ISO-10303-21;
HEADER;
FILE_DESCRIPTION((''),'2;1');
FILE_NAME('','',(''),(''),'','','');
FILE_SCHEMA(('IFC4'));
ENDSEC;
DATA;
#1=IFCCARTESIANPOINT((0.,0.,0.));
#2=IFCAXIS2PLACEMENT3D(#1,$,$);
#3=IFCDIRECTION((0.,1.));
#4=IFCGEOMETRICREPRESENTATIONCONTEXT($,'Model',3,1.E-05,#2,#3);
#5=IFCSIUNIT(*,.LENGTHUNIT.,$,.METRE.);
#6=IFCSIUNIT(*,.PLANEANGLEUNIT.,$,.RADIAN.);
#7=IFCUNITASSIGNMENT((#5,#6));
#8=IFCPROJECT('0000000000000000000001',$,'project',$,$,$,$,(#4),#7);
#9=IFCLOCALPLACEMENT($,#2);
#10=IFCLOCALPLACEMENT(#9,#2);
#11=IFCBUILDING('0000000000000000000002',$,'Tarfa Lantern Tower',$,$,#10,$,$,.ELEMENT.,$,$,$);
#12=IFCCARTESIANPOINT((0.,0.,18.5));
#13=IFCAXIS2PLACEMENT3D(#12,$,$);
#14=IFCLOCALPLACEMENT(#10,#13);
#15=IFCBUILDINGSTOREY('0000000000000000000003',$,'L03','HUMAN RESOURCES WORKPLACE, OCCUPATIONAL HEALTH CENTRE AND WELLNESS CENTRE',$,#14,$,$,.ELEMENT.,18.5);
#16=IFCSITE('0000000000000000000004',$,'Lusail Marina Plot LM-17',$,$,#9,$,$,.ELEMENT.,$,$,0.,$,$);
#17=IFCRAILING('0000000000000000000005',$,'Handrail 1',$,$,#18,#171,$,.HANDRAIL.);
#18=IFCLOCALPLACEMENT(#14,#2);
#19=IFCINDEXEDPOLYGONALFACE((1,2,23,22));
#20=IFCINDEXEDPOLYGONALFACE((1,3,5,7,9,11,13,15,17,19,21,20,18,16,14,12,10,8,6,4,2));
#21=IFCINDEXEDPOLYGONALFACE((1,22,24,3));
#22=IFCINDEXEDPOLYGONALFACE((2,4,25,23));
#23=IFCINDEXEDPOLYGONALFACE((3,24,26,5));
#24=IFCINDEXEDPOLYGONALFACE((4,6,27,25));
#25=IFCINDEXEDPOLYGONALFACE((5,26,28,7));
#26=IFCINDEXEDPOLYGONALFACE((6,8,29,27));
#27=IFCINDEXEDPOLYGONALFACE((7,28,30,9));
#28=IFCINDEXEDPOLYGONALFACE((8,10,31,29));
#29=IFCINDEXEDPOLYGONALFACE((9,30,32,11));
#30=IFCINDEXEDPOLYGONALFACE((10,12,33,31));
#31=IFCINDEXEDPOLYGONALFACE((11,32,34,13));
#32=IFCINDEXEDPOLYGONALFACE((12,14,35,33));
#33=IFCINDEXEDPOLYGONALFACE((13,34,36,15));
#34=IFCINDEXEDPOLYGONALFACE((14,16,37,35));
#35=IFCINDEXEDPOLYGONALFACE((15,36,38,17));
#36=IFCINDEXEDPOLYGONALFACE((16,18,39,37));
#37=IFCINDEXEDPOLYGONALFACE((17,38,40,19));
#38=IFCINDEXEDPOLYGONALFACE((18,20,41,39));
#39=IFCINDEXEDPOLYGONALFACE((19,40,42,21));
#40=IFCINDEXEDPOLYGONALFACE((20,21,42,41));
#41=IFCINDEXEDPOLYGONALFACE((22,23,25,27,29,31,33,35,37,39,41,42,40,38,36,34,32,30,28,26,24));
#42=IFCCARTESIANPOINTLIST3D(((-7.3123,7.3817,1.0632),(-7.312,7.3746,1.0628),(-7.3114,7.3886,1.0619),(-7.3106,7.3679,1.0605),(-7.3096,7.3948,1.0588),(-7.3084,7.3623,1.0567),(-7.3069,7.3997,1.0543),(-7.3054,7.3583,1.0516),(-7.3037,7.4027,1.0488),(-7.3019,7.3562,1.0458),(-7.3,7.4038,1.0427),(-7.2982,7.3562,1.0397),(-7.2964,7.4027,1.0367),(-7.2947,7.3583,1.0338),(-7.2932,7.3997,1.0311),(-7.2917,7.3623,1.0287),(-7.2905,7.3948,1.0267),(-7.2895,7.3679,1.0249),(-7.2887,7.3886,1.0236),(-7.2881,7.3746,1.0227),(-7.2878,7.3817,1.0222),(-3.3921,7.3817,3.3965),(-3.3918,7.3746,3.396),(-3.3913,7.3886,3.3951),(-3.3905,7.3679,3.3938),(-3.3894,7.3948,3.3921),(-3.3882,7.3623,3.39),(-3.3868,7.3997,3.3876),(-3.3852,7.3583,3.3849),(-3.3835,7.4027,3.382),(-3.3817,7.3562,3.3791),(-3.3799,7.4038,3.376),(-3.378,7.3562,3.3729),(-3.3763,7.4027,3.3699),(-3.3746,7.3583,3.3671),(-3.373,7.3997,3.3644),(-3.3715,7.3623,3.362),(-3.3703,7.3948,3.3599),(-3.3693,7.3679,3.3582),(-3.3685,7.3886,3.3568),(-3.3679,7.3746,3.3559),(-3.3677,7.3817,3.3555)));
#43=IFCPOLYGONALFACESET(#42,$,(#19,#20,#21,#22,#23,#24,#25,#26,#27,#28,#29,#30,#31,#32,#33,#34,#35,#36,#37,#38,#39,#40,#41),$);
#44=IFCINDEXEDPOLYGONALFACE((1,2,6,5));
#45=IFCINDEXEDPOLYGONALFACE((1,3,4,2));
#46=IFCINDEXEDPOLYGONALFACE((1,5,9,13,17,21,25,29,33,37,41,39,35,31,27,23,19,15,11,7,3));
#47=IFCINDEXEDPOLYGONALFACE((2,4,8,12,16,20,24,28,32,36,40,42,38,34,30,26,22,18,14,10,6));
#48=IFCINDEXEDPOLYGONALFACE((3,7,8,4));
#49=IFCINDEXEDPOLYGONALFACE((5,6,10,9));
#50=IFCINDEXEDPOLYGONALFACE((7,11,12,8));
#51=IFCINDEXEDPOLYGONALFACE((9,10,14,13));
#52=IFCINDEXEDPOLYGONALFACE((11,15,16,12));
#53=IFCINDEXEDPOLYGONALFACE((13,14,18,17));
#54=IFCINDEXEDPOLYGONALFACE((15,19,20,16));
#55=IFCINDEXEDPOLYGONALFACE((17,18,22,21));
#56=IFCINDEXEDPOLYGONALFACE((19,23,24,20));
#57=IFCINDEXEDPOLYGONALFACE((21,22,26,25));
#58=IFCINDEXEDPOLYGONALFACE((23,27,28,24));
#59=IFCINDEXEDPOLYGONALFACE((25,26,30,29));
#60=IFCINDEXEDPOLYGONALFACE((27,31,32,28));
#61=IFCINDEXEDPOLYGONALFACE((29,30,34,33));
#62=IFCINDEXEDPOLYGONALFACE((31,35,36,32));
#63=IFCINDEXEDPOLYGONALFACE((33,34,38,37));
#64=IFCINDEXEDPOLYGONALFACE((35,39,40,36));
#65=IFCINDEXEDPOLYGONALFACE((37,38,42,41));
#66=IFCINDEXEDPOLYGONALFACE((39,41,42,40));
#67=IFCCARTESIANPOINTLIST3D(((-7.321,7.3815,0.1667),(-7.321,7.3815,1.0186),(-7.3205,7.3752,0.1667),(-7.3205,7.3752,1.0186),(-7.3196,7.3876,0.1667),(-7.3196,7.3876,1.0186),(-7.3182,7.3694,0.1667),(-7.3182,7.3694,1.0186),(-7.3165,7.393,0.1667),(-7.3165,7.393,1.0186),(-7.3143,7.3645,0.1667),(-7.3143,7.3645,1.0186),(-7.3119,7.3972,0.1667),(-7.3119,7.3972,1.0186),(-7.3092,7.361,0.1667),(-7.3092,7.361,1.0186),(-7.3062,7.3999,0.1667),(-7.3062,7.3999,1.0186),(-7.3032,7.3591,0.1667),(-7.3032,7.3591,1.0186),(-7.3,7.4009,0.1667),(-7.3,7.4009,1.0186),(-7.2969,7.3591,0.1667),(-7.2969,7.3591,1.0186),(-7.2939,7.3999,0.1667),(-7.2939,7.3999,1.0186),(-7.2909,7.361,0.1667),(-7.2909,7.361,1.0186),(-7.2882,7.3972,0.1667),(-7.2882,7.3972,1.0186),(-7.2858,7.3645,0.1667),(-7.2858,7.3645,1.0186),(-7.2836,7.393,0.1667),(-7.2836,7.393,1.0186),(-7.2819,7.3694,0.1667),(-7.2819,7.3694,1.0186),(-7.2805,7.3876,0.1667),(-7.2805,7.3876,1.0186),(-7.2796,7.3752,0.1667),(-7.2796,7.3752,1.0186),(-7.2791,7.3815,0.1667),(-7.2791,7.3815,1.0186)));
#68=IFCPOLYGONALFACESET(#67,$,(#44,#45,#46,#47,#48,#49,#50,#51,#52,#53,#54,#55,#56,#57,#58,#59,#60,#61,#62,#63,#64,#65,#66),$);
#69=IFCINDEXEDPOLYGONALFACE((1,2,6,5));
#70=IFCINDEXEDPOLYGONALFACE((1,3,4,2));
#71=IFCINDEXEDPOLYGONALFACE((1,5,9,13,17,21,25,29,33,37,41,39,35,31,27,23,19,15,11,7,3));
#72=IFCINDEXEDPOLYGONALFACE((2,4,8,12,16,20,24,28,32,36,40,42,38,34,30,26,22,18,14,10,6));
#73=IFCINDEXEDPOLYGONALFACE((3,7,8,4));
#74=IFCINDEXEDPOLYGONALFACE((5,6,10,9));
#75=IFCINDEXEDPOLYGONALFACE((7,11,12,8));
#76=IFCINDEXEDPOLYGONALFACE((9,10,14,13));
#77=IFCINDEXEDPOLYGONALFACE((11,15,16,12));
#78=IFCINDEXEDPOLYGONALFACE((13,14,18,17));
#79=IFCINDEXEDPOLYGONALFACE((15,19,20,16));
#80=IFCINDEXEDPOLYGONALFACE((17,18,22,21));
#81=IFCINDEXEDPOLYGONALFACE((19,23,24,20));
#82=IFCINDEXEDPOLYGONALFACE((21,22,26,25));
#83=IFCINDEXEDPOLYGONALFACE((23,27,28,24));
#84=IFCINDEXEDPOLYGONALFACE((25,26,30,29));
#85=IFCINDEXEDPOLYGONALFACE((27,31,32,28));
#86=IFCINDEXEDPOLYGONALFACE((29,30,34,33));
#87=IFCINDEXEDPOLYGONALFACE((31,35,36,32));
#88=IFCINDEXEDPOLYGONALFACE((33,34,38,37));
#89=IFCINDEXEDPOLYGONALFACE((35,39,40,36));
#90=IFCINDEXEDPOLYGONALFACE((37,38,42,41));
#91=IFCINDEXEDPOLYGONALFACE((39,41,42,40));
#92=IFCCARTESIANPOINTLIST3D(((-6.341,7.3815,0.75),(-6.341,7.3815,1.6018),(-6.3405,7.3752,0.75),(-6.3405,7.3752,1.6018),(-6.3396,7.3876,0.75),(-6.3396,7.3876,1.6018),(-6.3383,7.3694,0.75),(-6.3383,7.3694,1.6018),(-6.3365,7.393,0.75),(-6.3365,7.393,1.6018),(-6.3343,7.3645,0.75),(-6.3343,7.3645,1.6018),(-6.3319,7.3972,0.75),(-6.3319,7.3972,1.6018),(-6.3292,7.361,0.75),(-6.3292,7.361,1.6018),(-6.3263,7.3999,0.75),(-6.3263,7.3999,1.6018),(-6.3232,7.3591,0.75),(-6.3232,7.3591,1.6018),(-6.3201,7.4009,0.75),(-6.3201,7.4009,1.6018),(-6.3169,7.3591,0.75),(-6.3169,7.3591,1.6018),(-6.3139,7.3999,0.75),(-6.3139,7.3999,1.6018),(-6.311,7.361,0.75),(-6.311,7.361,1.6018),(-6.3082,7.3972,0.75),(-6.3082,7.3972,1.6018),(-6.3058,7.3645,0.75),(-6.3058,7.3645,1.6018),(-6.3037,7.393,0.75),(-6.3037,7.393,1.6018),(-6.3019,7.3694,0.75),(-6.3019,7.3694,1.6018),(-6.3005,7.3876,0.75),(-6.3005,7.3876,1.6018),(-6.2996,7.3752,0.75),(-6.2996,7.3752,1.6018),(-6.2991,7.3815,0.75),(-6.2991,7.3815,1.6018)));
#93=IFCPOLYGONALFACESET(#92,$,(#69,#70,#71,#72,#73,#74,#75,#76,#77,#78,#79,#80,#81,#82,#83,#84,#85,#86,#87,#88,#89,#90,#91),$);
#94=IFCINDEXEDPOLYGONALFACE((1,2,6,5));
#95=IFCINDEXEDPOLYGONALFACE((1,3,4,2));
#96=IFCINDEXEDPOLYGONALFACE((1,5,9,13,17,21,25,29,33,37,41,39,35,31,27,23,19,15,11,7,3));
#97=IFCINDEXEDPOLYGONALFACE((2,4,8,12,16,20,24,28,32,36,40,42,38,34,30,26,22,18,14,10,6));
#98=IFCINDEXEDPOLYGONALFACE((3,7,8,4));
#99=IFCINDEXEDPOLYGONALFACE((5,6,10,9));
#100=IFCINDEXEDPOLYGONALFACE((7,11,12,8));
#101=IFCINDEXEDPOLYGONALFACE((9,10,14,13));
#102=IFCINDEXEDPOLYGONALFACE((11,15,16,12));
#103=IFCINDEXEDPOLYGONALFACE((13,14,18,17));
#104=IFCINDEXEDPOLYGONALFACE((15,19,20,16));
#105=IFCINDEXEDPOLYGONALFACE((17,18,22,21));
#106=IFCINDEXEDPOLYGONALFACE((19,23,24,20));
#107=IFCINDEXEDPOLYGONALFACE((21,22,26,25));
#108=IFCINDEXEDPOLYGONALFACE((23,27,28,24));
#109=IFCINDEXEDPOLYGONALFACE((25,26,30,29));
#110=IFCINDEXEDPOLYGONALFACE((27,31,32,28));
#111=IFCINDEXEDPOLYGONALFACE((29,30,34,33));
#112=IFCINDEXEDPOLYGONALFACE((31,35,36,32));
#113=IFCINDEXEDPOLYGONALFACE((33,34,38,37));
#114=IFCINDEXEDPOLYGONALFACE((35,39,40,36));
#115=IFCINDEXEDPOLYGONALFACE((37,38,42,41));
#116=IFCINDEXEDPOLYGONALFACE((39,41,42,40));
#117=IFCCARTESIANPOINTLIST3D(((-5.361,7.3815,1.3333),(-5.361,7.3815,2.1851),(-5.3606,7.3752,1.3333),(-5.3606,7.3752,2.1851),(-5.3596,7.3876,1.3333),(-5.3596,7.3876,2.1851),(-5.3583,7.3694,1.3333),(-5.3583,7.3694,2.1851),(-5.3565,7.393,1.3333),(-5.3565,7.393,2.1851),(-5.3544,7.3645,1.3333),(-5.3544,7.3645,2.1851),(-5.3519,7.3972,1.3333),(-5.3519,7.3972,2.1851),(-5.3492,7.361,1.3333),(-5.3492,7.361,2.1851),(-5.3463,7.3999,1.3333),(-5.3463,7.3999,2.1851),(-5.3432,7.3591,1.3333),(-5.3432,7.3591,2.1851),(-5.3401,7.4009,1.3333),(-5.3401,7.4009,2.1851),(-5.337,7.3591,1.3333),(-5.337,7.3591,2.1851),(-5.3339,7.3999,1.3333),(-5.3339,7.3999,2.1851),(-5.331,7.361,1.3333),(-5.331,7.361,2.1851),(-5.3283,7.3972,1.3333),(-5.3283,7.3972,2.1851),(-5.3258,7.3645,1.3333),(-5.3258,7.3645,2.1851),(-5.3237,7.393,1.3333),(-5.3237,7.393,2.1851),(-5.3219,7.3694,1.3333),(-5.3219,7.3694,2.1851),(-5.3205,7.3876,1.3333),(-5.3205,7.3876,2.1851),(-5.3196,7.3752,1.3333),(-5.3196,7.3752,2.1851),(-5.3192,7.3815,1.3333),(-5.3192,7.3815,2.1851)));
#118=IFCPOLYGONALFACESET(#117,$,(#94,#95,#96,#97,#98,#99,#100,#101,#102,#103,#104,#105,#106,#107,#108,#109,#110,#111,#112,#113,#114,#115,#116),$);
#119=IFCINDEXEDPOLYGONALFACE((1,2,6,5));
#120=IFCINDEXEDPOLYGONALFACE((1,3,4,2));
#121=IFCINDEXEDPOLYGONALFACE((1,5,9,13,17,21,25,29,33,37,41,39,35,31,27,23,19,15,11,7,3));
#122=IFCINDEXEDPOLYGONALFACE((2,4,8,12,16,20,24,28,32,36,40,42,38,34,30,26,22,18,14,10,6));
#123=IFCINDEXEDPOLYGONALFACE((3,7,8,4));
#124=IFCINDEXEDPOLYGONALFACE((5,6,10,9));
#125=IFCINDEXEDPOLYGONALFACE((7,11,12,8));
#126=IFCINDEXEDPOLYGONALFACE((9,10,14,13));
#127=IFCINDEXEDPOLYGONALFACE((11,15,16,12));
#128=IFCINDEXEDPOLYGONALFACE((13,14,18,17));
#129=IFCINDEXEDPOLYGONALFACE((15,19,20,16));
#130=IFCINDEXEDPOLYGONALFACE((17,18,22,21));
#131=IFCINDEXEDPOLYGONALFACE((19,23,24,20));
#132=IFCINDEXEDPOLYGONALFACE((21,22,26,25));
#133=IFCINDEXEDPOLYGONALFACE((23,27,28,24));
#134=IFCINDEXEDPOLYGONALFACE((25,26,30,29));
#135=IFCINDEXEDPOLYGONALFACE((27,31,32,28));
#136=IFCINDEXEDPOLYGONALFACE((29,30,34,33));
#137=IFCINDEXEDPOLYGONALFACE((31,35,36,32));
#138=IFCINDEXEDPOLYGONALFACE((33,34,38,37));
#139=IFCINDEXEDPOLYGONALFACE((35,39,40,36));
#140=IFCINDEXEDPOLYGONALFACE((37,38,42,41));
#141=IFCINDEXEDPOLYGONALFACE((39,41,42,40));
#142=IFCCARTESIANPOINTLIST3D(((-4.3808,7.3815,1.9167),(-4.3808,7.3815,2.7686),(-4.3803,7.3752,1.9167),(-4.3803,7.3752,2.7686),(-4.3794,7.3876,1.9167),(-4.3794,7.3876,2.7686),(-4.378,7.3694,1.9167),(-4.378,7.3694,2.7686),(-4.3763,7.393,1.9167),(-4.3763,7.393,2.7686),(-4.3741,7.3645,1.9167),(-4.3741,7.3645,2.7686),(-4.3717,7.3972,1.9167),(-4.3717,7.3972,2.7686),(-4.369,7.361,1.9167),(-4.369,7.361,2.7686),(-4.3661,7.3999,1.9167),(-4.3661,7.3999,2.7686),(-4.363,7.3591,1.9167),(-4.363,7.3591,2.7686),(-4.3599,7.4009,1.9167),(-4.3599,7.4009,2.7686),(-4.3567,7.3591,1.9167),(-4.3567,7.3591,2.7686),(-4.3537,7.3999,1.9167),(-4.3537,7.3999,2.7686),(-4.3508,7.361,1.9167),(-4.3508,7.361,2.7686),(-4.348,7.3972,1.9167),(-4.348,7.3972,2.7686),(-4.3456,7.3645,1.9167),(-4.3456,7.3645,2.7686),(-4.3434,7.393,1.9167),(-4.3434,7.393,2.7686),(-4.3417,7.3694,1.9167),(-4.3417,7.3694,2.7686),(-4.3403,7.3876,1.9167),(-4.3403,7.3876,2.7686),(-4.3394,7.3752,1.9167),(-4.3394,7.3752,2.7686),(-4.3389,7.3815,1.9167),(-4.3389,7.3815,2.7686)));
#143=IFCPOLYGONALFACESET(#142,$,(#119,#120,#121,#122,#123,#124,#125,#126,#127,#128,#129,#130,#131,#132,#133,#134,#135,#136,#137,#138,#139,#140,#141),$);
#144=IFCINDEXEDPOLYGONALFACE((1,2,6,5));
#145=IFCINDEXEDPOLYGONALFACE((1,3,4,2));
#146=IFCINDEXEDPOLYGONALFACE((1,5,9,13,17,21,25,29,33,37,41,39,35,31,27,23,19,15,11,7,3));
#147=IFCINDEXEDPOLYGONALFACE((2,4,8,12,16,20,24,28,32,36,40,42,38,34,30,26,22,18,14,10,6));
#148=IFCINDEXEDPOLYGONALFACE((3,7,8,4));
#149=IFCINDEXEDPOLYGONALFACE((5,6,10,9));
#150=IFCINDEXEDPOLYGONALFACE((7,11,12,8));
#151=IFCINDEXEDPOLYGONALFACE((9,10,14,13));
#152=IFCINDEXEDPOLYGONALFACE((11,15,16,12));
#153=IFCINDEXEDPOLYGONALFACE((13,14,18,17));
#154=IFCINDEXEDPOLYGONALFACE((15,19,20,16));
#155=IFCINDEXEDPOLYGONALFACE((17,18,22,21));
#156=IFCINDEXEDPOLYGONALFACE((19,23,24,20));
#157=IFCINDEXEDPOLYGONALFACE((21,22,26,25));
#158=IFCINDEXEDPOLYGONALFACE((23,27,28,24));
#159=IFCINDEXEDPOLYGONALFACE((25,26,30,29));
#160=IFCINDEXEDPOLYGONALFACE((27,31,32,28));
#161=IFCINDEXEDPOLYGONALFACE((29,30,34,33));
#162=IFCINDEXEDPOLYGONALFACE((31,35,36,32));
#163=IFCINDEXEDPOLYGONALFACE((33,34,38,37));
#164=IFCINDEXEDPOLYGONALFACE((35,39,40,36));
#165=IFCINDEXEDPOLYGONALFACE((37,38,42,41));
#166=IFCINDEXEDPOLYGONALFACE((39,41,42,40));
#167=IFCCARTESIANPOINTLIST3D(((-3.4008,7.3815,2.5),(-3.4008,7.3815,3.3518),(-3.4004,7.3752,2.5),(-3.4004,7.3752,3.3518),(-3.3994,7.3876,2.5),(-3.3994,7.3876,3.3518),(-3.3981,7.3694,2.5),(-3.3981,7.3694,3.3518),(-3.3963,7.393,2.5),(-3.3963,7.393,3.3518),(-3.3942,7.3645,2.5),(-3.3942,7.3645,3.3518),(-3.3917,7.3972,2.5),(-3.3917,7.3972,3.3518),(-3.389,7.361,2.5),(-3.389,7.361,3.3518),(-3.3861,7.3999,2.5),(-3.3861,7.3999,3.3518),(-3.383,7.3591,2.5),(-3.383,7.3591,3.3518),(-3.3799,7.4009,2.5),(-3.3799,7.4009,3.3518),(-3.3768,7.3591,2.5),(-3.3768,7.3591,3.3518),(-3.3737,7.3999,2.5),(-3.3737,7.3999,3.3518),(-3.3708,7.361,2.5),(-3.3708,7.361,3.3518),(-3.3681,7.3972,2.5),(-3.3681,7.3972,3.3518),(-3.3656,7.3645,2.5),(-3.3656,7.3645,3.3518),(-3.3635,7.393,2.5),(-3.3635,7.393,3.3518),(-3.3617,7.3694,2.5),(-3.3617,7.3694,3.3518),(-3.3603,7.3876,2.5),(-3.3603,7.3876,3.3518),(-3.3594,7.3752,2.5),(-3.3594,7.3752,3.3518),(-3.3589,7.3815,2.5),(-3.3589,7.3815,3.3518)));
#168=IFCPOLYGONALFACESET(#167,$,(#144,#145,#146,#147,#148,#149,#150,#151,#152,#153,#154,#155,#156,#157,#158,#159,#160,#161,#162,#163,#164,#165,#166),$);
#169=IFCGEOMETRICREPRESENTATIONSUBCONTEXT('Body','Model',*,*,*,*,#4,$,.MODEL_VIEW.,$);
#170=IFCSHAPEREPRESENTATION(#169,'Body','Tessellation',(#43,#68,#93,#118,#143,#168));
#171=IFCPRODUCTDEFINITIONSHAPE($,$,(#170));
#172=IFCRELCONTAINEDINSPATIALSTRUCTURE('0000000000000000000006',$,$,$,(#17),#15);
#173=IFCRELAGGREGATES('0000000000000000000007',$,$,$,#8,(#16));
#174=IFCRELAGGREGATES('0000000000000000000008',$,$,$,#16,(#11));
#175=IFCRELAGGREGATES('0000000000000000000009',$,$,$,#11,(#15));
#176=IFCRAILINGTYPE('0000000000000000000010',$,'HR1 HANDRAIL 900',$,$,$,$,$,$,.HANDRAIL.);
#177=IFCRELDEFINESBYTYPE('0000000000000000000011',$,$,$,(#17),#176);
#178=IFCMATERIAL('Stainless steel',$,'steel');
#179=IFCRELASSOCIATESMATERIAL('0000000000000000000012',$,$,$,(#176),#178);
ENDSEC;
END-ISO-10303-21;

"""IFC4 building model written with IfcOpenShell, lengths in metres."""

from ifc_helpers import new_model, si_unit, direction, frame, origin, origin_2d, place, context, subcontext, project, spatial, circle, extrude, material, type_object, element, save


model = new_model("IFC4")

# Units and contexts
model_context = context("Model", 3, precision=1e-05, world=origin(), true_north=direction((0.0, 1.0)))
body_context = subcontext(model_context, "Body", "Model", "MODEL_VIEW")
ifc_project = project(units=[si_unit("LENGTHUNIT", "METRE"), si_unit("PLANEANGLEUNIT", "RADIAN")], contexts=[model_context])

# Site, building, storey
site_placement = place(None, origin())
site = spatial("IfcSite", under=ifc_project, at=site_placement, Name="Lusail Marina Plot LM-17", CompositionType="ELEMENT", RefElevation=0.0)
building_placement = place(site_placement, origin())
building = spatial("IfcBuilding", under=site, at=building_placement, Name="Tarfa Lantern Tower", CompositionType="ELEMENT")
storey_placement = place(building_placement, frame((0.0, 0.0, 18.5)))
storey = spatial("IfcBuildingStorey", under=building, at=storey_placement, Name="L03", Description="HUMAN RESOURCES WORKPLACE, OCCUPATIONAL HEALTH CENTRE AND WELLNESS CENTRE", CompositionType="ELEMENT", Elevation=18.5)

# Railing
ifc_material_1 = material(Name="Stainless steel", Category="steel")
railing_type = type_object("IfcRailingType", Name="HR1 HANDRAIL 900", PredefinedType="HANDRAIL", material=ifc_material_1)
railing_1_placement = place(storey_placement, frame((-7.3, 7.3799, 0.1667)))
element("IfcRailing", 1, at=railing_1_placement, inside=storey, type_object=railing_type, Name="Handrail 1", PredefinedType="HANDRAIL", context=body_context, shape_type="SweptSolid", body=[
    extrude(circle(Radius=0.0239, at=origin_2d()), frame((0.0, 0.0, 0.876), z_axis=(0.85931, 0.0, 0.511455), x_axis=(0.0, 1.0, 0.0)), (0.0, 0.0, 1.0), 4.562),
    extrude(circle(Radius=0.021, at=origin_2d()), frame((0.0, 0.0, 0.0), z_axis=(0.0, 0.0, 1.0), x_axis=(0.0, 1.0, 0.0)), (0.0, 0.0, 1.0), 0.8518),
    extrude(circle(Radius=0.021, at=origin_2d()), frame((0.98, 0.0, 0.5833), z_axis=(0.0, 0.0, 1.0), x_axis=(0.0, 1.0, 0.0)), (0.0, 0.0, 1.0), 0.8518),
    extrude(circle(Radius=0.021, at=origin_2d()), frame((1.96, 0.0, 1.1665), z_axis=(0.0, 0.0, 1.0), x_axis=(0.0, 1.0, 0.0)), (0.0, 0.0, 1.0), 0.8518),
    extrude(circle(Radius=0.021, at=origin_2d()), frame((2.9402, 0.0, 1.75), z_axis=(0.0, 0.0, 1.0), x_axis=(0.0, 1.0, 0.0)), (0.0, 0.0, 1.0), 0.8518),
    extrude(circle(Radius=0.021, at=origin_2d()), frame((3.9202, 0.0, 2.3333), z_axis=(0.0, 0.0, 1.0), x_axis=(0.0, 1.0, 0.0)), (0.0, 0.0, 1.0), 0.8518),
])

save(model, "model.ifc")
